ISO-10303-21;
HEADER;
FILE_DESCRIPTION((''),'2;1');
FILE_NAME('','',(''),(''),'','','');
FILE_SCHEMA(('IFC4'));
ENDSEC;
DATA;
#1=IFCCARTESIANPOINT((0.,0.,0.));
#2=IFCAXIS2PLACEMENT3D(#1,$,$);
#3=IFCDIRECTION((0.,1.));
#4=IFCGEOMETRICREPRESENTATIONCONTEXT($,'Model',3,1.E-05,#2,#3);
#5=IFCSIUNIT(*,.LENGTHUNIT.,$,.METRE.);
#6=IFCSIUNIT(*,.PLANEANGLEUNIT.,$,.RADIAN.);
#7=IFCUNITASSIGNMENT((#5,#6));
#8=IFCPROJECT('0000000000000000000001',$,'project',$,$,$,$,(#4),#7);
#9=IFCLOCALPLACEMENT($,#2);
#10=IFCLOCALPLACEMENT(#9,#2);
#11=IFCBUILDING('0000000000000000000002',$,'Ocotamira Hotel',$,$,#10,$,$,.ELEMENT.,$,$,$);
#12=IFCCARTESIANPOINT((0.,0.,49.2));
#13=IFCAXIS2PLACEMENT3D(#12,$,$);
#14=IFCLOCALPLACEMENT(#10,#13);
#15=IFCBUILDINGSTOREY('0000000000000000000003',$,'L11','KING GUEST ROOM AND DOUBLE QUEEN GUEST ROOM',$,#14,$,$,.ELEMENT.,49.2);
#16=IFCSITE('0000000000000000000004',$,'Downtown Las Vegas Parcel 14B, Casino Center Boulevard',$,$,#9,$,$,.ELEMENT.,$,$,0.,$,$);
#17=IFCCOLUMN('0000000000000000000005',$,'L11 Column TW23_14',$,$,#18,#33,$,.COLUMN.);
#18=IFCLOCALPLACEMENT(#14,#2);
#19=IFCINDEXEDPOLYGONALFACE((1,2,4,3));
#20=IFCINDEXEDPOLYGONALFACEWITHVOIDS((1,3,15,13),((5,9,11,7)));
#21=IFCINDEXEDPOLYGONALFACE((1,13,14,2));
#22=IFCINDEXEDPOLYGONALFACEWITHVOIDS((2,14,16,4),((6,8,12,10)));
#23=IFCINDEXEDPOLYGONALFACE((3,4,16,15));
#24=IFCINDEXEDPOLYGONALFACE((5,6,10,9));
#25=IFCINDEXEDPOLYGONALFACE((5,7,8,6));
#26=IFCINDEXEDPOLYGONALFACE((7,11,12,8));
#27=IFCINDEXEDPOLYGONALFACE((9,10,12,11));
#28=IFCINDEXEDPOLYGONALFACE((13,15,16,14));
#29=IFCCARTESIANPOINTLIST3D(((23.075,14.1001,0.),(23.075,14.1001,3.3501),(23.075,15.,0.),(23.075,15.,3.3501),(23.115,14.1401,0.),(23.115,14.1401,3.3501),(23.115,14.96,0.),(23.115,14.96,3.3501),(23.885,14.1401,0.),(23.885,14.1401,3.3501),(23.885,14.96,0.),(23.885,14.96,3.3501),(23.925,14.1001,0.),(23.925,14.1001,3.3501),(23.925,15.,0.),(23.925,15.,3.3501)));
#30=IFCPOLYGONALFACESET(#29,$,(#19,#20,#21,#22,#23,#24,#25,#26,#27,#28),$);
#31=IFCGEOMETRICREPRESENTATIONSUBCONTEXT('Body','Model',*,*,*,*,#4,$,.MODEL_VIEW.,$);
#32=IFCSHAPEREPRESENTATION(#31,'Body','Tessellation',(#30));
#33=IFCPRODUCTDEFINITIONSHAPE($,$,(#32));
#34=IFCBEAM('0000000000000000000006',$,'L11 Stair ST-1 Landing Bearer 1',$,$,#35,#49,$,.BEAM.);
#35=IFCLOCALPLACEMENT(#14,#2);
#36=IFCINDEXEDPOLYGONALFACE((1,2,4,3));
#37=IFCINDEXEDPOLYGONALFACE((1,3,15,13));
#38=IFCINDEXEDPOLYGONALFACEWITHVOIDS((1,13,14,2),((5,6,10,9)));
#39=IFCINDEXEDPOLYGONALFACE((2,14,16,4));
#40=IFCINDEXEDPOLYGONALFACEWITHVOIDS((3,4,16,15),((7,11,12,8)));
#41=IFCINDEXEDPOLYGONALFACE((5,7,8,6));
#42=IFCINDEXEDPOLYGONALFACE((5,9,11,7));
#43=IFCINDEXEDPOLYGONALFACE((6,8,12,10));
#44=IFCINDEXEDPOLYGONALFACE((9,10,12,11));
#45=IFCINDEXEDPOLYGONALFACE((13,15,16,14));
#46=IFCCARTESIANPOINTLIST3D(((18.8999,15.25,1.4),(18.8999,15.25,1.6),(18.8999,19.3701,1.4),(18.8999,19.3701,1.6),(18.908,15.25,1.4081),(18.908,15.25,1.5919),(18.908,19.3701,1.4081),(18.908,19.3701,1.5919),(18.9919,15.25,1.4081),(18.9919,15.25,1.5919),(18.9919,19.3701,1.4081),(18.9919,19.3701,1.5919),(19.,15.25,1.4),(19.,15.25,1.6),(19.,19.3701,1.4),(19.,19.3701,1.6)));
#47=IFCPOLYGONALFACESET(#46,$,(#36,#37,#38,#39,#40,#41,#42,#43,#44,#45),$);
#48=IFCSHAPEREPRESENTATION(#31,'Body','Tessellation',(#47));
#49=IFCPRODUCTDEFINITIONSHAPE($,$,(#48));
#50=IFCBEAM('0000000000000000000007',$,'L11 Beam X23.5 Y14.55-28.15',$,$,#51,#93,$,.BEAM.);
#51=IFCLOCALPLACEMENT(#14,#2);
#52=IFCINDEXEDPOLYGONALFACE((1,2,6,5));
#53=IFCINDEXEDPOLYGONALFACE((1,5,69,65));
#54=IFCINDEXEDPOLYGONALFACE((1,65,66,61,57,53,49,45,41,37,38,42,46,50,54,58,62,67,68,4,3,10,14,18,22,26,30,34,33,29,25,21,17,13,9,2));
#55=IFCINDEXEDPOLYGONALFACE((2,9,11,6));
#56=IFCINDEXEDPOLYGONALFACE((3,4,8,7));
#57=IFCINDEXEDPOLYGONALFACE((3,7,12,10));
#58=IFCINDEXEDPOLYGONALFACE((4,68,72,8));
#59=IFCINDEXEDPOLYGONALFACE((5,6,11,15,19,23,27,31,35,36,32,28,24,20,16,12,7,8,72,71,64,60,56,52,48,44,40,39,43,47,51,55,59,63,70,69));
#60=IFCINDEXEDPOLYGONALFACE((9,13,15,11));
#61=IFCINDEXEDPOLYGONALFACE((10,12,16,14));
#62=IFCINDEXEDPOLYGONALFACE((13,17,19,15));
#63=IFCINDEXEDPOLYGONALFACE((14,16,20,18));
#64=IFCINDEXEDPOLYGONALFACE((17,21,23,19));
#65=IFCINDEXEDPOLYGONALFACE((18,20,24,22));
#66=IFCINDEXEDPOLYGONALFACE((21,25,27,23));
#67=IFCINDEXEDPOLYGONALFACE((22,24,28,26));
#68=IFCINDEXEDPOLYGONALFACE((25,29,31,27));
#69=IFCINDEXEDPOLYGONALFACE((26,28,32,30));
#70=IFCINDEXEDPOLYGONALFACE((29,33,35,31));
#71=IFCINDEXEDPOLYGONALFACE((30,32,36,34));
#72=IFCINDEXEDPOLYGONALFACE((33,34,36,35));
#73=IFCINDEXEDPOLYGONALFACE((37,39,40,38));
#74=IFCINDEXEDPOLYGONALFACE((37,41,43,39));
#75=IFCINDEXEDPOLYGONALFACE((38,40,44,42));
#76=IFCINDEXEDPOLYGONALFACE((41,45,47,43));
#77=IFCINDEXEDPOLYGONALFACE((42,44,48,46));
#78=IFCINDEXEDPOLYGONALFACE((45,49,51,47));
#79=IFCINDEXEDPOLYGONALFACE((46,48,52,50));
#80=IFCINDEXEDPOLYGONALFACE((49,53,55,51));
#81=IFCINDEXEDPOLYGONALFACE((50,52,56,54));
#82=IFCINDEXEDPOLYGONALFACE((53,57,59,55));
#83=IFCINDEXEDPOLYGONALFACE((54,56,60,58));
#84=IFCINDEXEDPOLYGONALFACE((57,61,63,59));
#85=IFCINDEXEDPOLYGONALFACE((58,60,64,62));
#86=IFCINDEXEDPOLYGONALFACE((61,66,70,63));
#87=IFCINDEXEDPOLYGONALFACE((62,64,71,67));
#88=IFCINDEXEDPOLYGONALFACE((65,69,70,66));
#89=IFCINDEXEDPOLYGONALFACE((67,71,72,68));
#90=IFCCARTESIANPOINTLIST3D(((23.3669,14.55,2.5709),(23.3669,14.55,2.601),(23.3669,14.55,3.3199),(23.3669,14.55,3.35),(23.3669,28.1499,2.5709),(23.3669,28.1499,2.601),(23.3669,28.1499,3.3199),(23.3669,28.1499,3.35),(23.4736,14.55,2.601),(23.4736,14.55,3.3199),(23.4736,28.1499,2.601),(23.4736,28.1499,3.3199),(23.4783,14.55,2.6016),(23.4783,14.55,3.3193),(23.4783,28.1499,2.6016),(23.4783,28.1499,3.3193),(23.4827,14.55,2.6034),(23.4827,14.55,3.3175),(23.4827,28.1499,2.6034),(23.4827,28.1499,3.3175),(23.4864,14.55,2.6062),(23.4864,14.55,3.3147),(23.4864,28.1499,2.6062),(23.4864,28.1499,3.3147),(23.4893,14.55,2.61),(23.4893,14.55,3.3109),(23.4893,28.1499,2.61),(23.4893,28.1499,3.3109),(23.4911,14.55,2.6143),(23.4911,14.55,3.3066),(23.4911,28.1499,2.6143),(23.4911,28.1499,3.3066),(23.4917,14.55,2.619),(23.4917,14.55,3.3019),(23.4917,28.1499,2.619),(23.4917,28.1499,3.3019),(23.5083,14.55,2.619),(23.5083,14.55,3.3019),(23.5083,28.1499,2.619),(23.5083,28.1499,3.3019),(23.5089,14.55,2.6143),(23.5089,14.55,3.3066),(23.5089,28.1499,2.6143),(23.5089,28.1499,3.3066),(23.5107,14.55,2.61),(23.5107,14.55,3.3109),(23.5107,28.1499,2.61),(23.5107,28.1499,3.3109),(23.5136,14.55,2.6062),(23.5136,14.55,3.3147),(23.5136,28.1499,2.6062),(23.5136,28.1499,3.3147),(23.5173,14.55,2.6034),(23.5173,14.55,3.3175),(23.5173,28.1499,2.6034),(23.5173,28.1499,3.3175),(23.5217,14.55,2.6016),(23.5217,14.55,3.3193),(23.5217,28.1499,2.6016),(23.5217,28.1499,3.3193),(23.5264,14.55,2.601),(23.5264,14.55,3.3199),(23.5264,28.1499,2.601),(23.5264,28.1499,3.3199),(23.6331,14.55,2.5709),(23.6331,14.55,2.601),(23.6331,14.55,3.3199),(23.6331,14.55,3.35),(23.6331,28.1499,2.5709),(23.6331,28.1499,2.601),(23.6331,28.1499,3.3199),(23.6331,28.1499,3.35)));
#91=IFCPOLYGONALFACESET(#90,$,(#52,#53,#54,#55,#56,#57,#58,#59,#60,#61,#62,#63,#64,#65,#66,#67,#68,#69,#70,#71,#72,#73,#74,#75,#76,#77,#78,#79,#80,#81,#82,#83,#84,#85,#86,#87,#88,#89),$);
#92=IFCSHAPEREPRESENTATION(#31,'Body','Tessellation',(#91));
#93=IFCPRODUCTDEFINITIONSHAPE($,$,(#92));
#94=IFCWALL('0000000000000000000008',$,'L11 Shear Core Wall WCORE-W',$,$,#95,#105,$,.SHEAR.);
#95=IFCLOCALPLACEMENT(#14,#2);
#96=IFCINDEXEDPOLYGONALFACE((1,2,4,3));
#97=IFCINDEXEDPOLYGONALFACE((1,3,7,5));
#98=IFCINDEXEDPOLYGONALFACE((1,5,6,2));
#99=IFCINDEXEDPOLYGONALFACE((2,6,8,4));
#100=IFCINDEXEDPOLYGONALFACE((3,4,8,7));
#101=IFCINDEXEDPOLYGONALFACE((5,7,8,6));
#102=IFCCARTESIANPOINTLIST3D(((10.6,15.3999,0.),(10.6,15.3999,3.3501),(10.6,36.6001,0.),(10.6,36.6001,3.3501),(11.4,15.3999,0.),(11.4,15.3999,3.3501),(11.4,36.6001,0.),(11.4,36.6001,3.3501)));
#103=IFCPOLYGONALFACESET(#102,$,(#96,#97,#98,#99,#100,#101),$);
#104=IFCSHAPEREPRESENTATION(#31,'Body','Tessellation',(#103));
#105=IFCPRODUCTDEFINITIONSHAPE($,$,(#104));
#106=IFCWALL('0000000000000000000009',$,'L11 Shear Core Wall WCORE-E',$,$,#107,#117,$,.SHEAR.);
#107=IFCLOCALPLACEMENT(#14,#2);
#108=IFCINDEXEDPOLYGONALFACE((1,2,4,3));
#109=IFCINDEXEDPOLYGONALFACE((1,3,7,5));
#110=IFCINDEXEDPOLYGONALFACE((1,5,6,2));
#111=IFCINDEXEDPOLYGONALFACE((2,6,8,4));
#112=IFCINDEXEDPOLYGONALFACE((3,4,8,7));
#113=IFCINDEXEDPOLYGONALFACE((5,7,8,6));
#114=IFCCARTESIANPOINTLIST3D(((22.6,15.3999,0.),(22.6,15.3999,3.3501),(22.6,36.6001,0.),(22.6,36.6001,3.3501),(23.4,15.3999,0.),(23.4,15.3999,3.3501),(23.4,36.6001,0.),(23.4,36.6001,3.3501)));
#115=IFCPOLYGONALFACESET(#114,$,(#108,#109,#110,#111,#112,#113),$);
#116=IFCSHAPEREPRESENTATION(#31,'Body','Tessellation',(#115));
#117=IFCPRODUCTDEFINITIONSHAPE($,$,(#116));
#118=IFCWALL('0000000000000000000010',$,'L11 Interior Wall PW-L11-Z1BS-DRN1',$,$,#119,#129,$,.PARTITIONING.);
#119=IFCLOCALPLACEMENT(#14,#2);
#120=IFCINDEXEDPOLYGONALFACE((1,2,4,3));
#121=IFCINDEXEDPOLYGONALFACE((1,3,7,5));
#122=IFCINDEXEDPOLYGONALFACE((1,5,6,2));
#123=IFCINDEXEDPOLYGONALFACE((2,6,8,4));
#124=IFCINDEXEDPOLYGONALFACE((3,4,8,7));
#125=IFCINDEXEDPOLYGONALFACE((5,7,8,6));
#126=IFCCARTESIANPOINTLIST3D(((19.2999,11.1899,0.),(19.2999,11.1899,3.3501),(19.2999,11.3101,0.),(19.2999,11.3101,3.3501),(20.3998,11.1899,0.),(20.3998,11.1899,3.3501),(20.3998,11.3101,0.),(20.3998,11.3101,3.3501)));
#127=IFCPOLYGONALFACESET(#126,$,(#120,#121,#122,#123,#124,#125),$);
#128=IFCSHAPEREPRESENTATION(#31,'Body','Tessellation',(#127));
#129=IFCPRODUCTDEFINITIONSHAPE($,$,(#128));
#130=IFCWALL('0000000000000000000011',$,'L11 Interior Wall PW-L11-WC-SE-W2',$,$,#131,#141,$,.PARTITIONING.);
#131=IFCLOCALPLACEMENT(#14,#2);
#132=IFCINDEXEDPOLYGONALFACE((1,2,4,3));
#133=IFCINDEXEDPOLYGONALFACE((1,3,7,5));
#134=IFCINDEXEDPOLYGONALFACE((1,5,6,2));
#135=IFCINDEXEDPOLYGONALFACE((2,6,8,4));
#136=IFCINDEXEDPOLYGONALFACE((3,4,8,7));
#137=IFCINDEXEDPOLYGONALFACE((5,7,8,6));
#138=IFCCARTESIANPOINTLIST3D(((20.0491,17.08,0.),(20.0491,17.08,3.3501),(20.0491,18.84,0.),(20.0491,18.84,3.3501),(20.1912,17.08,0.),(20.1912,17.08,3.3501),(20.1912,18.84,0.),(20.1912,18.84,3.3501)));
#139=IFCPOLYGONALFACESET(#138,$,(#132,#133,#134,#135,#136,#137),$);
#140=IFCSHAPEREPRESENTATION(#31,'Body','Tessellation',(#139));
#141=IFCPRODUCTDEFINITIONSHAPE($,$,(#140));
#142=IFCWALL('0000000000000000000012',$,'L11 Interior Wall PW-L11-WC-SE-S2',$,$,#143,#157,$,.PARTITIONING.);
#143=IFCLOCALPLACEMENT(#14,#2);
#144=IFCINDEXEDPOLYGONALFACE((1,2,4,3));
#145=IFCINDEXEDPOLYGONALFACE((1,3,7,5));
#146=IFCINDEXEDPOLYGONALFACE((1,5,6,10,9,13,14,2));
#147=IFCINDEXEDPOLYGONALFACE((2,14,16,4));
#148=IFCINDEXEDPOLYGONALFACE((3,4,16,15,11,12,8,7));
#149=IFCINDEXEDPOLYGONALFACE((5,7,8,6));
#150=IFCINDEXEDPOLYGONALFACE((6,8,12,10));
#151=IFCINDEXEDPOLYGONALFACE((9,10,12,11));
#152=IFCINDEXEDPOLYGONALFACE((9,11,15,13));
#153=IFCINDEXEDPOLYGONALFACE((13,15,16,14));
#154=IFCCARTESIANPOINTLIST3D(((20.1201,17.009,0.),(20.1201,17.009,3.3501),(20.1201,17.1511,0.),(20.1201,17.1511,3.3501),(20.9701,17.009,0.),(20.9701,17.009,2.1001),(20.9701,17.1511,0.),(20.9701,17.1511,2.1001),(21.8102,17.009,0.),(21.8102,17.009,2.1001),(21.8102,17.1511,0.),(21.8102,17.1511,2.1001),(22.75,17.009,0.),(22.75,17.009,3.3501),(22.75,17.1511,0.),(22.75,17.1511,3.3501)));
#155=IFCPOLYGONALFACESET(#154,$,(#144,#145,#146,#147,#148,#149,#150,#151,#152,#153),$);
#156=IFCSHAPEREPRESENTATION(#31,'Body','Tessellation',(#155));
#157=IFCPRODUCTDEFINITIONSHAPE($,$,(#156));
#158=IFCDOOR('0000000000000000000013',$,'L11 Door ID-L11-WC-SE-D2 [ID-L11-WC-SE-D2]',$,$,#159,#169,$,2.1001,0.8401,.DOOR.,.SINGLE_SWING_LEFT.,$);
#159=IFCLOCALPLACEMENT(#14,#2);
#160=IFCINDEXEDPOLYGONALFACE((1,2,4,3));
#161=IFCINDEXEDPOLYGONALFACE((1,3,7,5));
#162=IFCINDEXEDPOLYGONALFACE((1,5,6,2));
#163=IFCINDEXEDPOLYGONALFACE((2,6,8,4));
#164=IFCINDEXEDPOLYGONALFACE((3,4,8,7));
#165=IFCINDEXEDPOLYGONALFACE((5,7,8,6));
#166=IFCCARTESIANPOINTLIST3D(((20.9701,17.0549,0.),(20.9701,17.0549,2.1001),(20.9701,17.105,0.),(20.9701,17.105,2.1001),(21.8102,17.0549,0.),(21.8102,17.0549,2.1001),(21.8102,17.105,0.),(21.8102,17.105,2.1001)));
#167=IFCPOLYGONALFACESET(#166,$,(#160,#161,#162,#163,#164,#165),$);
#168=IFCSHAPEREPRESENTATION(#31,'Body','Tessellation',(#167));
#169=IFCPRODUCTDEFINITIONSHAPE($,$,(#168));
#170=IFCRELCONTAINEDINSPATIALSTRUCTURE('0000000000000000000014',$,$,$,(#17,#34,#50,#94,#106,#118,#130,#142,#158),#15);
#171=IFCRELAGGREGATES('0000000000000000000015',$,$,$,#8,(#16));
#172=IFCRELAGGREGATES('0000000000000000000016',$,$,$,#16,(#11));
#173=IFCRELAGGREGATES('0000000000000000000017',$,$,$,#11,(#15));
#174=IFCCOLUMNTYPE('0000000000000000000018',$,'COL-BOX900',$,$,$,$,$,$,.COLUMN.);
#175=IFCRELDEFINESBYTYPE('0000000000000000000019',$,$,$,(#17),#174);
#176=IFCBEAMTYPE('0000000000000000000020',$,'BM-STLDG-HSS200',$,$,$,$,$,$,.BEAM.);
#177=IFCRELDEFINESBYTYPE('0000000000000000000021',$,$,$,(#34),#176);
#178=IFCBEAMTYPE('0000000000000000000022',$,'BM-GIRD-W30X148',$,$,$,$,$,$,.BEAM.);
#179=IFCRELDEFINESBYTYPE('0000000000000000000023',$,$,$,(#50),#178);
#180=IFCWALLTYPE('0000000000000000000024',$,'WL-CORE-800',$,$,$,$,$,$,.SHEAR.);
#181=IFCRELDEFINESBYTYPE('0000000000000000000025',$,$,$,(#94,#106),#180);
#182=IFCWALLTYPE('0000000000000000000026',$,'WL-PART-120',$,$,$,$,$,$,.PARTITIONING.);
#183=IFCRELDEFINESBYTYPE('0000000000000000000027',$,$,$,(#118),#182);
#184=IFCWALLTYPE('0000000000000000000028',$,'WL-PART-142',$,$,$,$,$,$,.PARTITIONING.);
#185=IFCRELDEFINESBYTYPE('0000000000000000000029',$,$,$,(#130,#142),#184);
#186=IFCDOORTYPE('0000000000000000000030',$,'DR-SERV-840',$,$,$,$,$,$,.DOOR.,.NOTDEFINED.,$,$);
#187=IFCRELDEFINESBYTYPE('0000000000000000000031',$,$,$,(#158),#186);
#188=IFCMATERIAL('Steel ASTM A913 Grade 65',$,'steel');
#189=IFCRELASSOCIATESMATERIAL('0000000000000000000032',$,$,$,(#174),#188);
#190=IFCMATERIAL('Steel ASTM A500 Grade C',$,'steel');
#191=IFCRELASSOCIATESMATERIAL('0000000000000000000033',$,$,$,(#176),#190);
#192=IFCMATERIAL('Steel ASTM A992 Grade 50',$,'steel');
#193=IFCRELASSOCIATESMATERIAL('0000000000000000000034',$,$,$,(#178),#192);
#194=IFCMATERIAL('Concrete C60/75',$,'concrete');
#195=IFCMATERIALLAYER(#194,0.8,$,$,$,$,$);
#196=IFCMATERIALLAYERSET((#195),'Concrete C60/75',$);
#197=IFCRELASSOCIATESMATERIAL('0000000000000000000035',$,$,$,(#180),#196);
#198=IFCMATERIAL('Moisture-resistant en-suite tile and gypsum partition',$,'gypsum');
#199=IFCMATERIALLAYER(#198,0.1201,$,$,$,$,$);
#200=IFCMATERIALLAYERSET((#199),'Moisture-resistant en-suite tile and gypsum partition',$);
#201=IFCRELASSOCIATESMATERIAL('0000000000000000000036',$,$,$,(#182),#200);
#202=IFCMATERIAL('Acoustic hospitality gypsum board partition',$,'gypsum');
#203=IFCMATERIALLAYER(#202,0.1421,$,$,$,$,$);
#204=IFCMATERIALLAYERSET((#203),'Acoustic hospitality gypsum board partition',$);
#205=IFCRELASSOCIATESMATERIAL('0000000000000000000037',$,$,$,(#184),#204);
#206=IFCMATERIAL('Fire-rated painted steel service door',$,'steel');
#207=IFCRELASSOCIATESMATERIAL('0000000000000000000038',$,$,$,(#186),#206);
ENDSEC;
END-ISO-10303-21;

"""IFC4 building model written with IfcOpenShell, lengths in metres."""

from ifc_helpers import new_model, si_unit, direction, frame, frame_2d, origin, origin_2d, place, context, subcontext, project, spatial, rectangle, hollow_rectangle, i_section, extrude, source, transform, mapped, material, layer, layer_set, material_profile, profile_set, type_object, element, fill, save


model = new_model("IFC4")

# Units and contexts
model_context = context("Model", 3, precision=1e-05, world=origin(), true_north=direction((0.0, 1.0)))
body_context = subcontext(model_context, "Body", "Model", "MODEL_VIEW")
ifc_project = project(units=[si_unit("LENGTHUNIT", "METRE"), si_unit("PLANEANGLEUNIT", "RADIAN")], contexts=[model_context])

# Site, building, storey
site_placement = place(None, origin())
site = spatial("IfcSite", under=ifc_project, at=site_placement, Name="Downtown Las Vegas Parcel 14B, Casino Center Boulevard", CompositionType="ELEMENT", RefElevation=0.0)
building_placement = place(site_placement, origin())
building = spatial("IfcBuilding", under=site, at=building_placement, Name="Ocotamira Hotel", CompositionType="ELEMENT")
storey_placement = place(building_placement, frame((0.0, 0.0, 49.2)))
storey = spatial("IfcBuildingStorey", under=building, at=storey_placement, Name="L11", Description="KING GUEST ROOM AND DOUBLE QUEEN GUEST ROOM", CompositionType="ELEMENT", Elevation=49.2)

# Column
ifc_material_1 = material(Name="Steel ASTM A913 Grade 65", Category="steel")
ifc_material_profile_1 = material_profile(ifc_material_1, hollow_rectangle(XDim=0.8501, YDim=0.8999, WallThickness=0.04, at=origin_2d()), Name="BOX900X850X40")
ifc_profile_set_1 = profile_set([ifc_material_profile_1], Name="Steel ASTM A913 Grade 65")
column_type = type_object("IfcColumnType", Name="COL-BOX900", PredefinedType="COLUMN", material=ifc_profile_set_1)
shared_shape_1 = source(origin(), body_context, "Body", "SweptSolid", [
    extrude(hollow_rectangle(XDim=0.8501, YDim=0.8999, WallThickness=0.04, at=origin_2d()), origin(), (0.0, 0.0, 1.0), 3.3501),
])
column_placement = place(storey_placement, frame((23.5, 14.55, 0.0), z_axis=(0.0, 0.0, 1.0), x_axis=(1.0, 0.0, 0.0)))
element("IfcColumn", 1, at=column_placement, inside=storey, type_object=column_type, Name="L11 Column TW23_14", PredefinedType="COLUMN", context=body_context, shape_type="MappedRepresentation", body=[
    mapped(shared_shape_1, transform((0.0, 0.0, 0.0), scale=1.0)),
])

# Beams
ifc_material_2 = material(Name="Steel ASTM A500 Grade C", Category="steel")
ifc_material_profile_2 = material_profile(ifc_material_2, hollow_rectangle(XDim=0.1001, YDim=0.2, WallThickness=0.0081, at=origin_2d()), Name="HSS200X100X8")
ifc_profile_set_2 = profile_set([ifc_material_profile_2], Name="Steel ASTM A500 Grade C")
beam_type_1 = type_object("IfcBeamType", Name="BM-STLDG-HSS200", PredefinedType="BEAM", material=ifc_profile_set_2)
shared_shape_2 = source(origin(), body_context, "Body", "SweptSolid", [
    extrude(hollow_rectangle(XDim=0.1001, YDim=0.2, WallThickness=0.0081, at=origin_2d()), origin(), (0.0, 0.0, 1.0), 4.1201),
])
beam_1_placement = place(storey_placement, frame((18.95, 15.25, 1.5), z_axis=(0.0, 1.0, 0.0), x_axis=(-1.0, 0.0, 0.0)))
element("IfcBeam", 2, at=beam_1_placement, inside=storey, type_object=beam_type_1, Name="L11 Stair ST-1 Landing Bearer 1", PredefinedType="BEAM", context=body_context, shape_type="MappedRepresentation", body=[
    mapped(shared_shape_2, transform((0.0, 0.0, 0.0), scale=1.0)),
])
ifc_material_3 = material(Name="Steel ASTM A992 Grade 50", Category="steel")
ifc_material_profile_3 = material_profile(ifc_material_3, i_section(OverallWidth=0.2661, OverallDepth=0.7791, WebThickness=0.0166, FlangeThickness=0.03, FilletRadius=0.0181, at=origin_2d()), Name="W30X148")
ifc_profile_set_3 = profile_set([ifc_material_profile_3], Name="Steel ASTM A992 Grade 50")
beam_type_2 = type_object("IfcBeamType", Name="BM-GIRD-W30X148", PredefinedType="BEAM", material=ifc_profile_set_3)
shared_shape_3 = source(origin(), body_context, "Body", "SweptSolid", [
    extrude(i_section(OverallWidth=0.2661, OverallDepth=0.7791, WebThickness=0.0166, FlangeThickness=0.03, FilletRadius=0.0181, at=origin_2d()), origin(), (0.0, 0.0, 1.0), 13.5999),
])
beam_2_placement = place(storey_placement, frame((23.5, 14.55, 2.9604), z_axis=(0.0, 1.0, 0.0), x_axis=(-1.0, 0.0, 0.0)))
element("IfcBeam", 3, at=beam_2_placement, inside=storey, type_object=beam_type_2, Name="L11 Beam X23.5 Y14.55-28.15", PredefinedType="BEAM", context=body_context, shape_type="MappedRepresentation", body=[
    mapped(shared_shape_3, transform((0.0, 0.0, 0.0), scale=1.0)),
])

# Walls
ifc_material_4 = material(Name="Concrete C60/75", Category="concrete")
ifc_layer_1 = layer(ifc_material_4, 0.8)
ifc_layer_set_1 = layer_set([ifc_layer_1], Name="Concrete C60/75")
wall_type_1 = type_object("IfcWallType", Name="WL-CORE-800", PredefinedType="SHEAR", material=ifc_layer_set_1)
for number, where, z_axis, x_axis, name in (
    (4, (11.0, 15.3999, 0.0), (0.0, 0.0, 1.0), (0.0, 1.0, 0.0), "L11 Shear Core Wall WCORE-W"),
    (5, (23.0, 15.3999, 0.0), (0.0, 0.0, 1.0), (0.0, 1.0, 0.0), "L11 Shear Core Wall WCORE-E"),
):
    element("IfcWall", number, at=place(storey_placement, frame(where, z_axis=z_axis, x_axis=x_axis)), inside=storey, type_object=wall_type_1, Name=name, PredefinedType="SHEAR", context=body_context, shape_type="SweptSolid", body=[
        extrude(rectangle(XDim=21.2002, YDim=0.8, at=frame_2d((10.6001, 0.0))), origin(), (0.0, 0.0, 1.0), 3.3501),
    ])

# Walls
ifc_material_5 = material(Name="Moisture-resistant en-suite tile and gypsum partition", Category="gypsum")
ifc_layer_2 = layer(ifc_material_5, 0.1201)
ifc_layer_set_2 = layer_set([ifc_layer_2], Name="Moisture-resistant en-suite tile and gypsum partition")
wall_type_2 = type_object("IfcWallType", Name="WL-PART-120", PredefinedType="PARTITIONING", material=ifc_layer_set_2)
wall_1_placement = place(storey_placement, frame((19.3, 11.25, 0.0), z_axis=(0.0, 0.0, 1.0), x_axis=(1.0, 0.0, 0.0)))
element("IfcWall", 6, at=wall_1_placement, inside=storey, type_object=wall_type_2, Name="L11 Interior Wall PW-L11-Z1BS-DRN1", PredefinedType="PARTITIONING", context=body_context, shape_type="SweptSolid", body=[
    extrude(rectangle(XDim=1.0999, YDim=0.1201, at=frame_2d((0.5498, 0.0))), origin(), (0.0, 0.0, 1.0), 3.3501),
])
ifc_material_6 = material(Name="Acoustic hospitality gypsum board partition", Category="gypsum")
ifc_layer_3 = layer(ifc_material_6, 0.1421)
ifc_layer_set_3 = layer_set([ifc_layer_3], Name="Acoustic hospitality gypsum board partition")
wall_type_3 = type_object("IfcWallType", Name="WL-PART-142", PredefinedType="PARTITIONING", material=ifc_layer_set_3)
wall_2_placement = place(storey_placement, frame((20.1201, 17.0801, 0.0), z_axis=(0.0, 0.0, 1.0), x_axis=(0.0, 1.0, 0.0)))
element("IfcWall", 7, at=wall_2_placement, inside=storey, type_object=wall_type_3, Name="L11 Interior Wall PW-L11-WC-SE-W2", PredefinedType="PARTITIONING", context=body_context, shape_type="SweptSolid", body=[
    extrude(rectangle(XDim=1.76, YDim=0.1421, at=frame_2d((0.8799, 0.0))), origin(), (0.0, 0.0, 1.0), 3.3501),
])

# Wall, opening, door
wall_3_placement = place(storey_placement, frame((20.1201, 17.0801, 0.0), z_axis=(0.0, 0.0, 1.0), x_axis=(1.0, 0.0, 0.0)))
wall_3 = element("IfcWall", 8, at=wall_3_placement, inside=storey, type_object=wall_type_3, Name="L11 Interior Wall PW-L11-WC-SE-S2", PredefinedType="PARTITIONING", context=body_context, shape_type="SweptSolid", body=[
    extrude(rectangle(XDim=2.6299, YDim=0.1421, at=frame_2d((1.3149, 0.0))), origin(), (0.0, 0.0, 1.0), 3.3501),
])
opening_1_placement = place(wall_3_placement, frame((0.8501, 0.0, 0.0)))
opening_1 = element("IfcOpeningElement", 9, at=opening_1_placement, cuts=wall_3, PredefinedType="OPENING", context=body_context, shape_type="SweptSolid", body=[
    extrude(rectangle(XDim=0.8401, YDim=2.1001, at=frame_2d((0.4199, 1.05))), frame((0.0, 0.0811, 0.0), z_axis=(0.0, -1.0, 0.0), x_axis=(1.0, 0.0, 0.0)), (0.0, 0.0, 1.0), 0.1621),
])
ifc_material_7 = material(Name="Fire-rated painted steel service door", Category="steel")
door_type_1 = type_object("IfcDoorType", Name="DR-SERV-840", OperationType="NOTDEFINED", PredefinedType="DOOR", material=ifc_material_7)
shared_shape_4 = source(origin(), body_context, "Body", "SweptSolid", [
    extrude(rectangle(XDim=0.8401, YDim=2.1001, at=frame_2d((0.4199, 1.05))), frame((0.0, 0.0249, 0.0), z_axis=(0.0, -1.0, 0.0), x_axis=(1.0, 0.0, 0.0)), (0.0, 0.0, 1.0), 0.05),
])
door_1_placement = place(opening_1_placement, origin())
door_1 = element("IfcDoor", 10, at=door_1_placement, inside=storey, type_object=door_type_1, Name="L11 Door ID-L11-WC-SE-D2 [ID-L11-WC-SE-D2]", OperationType="SINGLE_SWING_LEFT", OverallHeight=2.1001, OverallWidth=0.8401, PredefinedType="DOOR", context=body_context, shape_type="MappedRepresentation", body=[
    mapped(shared_shape_4, transform((0.0, 0.0, 0.0), scale=1.0)),
])
fill(opening_1, door_1)

save(model, "model.ifc")
